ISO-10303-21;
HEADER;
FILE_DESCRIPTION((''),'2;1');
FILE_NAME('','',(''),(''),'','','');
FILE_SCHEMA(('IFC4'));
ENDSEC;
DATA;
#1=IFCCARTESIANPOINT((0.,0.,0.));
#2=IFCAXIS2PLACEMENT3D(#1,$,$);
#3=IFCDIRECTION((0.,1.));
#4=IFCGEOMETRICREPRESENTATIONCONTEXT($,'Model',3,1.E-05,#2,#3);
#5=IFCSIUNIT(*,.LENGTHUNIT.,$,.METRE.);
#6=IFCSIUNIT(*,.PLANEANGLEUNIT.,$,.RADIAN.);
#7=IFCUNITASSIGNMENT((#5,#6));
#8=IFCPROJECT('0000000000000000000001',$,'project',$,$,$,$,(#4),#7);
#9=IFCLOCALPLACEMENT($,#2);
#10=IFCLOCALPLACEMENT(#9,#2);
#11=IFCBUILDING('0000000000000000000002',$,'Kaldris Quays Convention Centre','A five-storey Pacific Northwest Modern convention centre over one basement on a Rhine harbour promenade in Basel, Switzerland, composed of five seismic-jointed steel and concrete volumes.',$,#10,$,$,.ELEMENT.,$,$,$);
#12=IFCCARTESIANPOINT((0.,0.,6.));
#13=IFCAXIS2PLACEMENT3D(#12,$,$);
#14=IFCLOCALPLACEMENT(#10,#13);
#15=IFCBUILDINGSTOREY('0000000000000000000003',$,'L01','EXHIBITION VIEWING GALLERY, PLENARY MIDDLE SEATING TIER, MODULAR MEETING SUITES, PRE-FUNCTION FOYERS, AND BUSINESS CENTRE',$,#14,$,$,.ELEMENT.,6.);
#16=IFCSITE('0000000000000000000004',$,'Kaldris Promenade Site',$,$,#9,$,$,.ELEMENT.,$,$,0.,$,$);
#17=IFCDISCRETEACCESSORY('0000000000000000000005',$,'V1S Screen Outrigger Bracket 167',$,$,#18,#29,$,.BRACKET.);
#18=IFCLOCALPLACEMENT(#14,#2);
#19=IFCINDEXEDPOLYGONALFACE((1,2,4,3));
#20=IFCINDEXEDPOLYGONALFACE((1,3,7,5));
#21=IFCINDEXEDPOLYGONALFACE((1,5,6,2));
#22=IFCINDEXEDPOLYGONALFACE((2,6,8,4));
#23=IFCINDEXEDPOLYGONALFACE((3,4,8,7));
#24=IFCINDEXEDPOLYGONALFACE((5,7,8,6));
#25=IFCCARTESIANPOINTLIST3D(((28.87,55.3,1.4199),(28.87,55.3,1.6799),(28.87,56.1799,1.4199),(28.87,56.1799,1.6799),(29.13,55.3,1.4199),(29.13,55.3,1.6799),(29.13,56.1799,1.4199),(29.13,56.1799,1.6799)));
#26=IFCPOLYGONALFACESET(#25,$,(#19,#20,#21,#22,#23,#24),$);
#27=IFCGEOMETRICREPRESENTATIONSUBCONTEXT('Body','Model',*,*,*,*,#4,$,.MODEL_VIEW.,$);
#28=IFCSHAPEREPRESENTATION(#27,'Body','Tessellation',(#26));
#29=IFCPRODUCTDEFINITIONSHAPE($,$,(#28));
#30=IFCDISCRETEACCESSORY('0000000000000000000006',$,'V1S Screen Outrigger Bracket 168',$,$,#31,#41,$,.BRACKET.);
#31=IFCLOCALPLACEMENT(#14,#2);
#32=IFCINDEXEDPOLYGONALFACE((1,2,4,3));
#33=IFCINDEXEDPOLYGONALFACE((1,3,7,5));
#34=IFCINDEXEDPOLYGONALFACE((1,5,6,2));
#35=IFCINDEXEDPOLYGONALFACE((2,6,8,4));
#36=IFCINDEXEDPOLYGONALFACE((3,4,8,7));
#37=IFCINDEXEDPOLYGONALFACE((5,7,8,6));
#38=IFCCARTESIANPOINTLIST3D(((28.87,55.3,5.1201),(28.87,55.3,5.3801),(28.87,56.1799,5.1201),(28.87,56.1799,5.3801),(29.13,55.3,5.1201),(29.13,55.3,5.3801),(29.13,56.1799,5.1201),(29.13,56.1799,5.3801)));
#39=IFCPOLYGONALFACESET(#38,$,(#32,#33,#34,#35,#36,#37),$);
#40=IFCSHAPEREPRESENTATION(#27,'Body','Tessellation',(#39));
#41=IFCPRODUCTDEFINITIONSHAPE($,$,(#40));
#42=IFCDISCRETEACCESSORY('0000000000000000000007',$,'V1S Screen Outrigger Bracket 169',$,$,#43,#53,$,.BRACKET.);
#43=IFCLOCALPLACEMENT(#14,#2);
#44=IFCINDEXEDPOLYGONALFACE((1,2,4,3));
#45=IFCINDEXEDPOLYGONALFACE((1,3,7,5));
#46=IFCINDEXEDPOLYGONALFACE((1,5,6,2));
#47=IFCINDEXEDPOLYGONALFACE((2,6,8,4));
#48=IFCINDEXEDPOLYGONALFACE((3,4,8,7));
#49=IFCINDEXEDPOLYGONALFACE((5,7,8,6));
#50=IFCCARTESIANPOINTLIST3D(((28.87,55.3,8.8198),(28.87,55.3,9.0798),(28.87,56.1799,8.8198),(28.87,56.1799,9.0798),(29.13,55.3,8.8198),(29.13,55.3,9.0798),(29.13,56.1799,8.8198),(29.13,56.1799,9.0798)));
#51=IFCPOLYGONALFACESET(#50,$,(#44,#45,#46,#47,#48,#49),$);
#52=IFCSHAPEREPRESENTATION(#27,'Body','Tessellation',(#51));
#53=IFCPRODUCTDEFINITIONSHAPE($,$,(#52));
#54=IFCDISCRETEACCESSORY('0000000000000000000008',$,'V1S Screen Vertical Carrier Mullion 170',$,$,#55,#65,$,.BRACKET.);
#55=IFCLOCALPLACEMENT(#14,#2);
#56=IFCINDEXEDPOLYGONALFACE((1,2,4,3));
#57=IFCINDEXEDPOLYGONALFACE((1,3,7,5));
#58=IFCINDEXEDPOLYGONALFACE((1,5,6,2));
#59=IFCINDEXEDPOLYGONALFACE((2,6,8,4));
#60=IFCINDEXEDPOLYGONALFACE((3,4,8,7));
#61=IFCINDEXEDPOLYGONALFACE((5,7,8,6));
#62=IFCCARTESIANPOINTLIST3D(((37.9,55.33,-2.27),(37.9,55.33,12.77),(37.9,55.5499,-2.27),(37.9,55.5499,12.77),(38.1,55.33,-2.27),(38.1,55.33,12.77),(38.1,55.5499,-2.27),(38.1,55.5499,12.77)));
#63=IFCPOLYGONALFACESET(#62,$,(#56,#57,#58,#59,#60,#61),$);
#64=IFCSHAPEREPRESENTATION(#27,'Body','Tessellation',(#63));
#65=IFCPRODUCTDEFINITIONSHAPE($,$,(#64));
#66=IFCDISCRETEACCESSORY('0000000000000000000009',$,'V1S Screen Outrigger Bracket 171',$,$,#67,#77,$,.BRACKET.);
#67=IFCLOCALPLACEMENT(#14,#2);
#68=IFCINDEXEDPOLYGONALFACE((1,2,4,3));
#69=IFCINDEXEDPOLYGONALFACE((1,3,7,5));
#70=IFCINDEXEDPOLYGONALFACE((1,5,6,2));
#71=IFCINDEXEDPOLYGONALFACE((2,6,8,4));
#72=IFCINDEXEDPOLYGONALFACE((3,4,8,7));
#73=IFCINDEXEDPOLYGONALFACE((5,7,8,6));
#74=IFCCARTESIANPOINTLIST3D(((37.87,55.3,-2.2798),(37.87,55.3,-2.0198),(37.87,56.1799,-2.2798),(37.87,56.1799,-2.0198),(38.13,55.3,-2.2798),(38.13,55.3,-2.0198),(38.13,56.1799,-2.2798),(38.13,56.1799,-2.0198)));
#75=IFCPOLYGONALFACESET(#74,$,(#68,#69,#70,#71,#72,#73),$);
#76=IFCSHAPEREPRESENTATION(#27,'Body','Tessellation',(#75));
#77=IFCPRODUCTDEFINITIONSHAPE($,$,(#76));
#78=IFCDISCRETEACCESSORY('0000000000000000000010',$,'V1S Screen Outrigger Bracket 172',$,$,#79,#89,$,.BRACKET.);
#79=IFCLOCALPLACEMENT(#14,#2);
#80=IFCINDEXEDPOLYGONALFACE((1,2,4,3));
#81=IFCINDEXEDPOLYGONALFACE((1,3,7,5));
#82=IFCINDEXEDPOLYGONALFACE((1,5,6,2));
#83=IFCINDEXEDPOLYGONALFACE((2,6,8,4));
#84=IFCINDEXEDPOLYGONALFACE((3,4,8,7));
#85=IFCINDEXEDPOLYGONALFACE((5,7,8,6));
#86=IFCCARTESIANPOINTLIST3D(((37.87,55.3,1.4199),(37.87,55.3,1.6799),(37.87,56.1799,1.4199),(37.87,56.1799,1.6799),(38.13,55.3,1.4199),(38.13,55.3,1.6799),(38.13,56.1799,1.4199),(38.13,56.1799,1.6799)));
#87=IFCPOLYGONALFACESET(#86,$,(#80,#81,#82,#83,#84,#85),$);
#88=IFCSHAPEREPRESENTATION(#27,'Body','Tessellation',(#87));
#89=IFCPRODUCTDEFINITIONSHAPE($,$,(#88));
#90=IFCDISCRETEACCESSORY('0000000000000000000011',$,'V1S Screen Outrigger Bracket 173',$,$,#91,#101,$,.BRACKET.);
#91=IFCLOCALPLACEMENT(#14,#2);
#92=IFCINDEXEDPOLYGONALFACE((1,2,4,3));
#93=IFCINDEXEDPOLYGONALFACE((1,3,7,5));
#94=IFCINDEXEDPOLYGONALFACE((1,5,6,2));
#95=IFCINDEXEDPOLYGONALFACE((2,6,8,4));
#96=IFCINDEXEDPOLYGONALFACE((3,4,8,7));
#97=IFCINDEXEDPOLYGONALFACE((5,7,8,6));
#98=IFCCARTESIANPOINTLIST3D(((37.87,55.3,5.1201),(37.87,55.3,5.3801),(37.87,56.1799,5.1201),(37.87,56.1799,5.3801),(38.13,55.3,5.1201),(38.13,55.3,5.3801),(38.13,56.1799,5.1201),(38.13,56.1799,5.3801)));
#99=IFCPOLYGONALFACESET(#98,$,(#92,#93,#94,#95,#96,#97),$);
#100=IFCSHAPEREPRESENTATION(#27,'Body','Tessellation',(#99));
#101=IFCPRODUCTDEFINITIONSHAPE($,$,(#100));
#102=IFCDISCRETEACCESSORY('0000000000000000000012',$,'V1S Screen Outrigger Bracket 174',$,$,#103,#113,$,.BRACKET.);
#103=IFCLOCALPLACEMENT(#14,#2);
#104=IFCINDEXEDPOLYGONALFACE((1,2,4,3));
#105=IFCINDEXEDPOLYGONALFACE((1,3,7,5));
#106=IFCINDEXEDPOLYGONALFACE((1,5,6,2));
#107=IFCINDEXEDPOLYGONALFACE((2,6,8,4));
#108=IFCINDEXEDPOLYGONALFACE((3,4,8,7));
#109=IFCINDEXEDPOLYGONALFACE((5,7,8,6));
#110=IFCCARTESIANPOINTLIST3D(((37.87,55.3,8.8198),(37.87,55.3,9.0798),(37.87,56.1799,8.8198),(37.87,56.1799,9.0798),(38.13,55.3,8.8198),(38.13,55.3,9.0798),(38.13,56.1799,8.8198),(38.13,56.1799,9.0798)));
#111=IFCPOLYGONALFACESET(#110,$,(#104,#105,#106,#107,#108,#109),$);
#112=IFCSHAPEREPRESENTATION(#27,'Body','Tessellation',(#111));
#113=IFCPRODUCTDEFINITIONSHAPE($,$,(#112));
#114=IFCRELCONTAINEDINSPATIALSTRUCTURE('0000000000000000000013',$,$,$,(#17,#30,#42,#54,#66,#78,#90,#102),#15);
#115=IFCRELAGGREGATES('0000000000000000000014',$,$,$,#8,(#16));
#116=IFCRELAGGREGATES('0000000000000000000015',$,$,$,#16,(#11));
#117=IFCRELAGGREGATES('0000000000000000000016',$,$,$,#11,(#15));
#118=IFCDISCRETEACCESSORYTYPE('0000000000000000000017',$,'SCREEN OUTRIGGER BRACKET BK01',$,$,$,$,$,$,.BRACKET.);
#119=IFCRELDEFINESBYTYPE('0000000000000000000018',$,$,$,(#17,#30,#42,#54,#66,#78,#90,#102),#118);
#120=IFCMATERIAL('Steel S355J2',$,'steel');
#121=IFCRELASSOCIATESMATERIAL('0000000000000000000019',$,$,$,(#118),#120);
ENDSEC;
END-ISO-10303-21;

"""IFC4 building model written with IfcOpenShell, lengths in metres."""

from ifc_helpers import new_model, si_unit, direction, frame, origin, origin_2d, place, context, subcontext, project, spatial, rectangle, extrude, material, type_object, element, save


model = new_model("IFC4")

# Units and contexts
model_context = context("Model", 3, precision=1e-05, world=origin(), true_north=direction((0.0, 1.0)))
body_context = subcontext(model_context, "Body", "Model", "MODEL_VIEW")
ifc_project = project(units=[si_unit("LENGTHUNIT", "METRE"), si_unit("PLANEANGLEUNIT", "RADIAN")], contexts=[model_context])

# Site, building, storey
site_placement = place(None, origin())
site = spatial("IfcSite", under=ifc_project, at=site_placement, Name="Kaldris Promenade Site", CompositionType="ELEMENT", RefElevation=0.0)
building_placement = place(site_placement, origin())
building = spatial("IfcBuilding", under=site, at=building_placement, Name="Kaldris Quays Convention Centre", Description="A five-storey Pacific Northwest Modern convention centre over one basement on a Rhine harbour promenade in Basel, Switzerland, composed of five seismic-jointed steel and concrete volumes.", CompositionType="ELEMENT")
storey_placement = place(building_placement, frame((0.0, 0.0, 6.0)))
storey = spatial("IfcBuildingStorey", under=building, at=storey_placement, Name="L01", Description="EXHIBITION VIEWING GALLERY, PLENARY MIDDLE SEATING TIER, MODULAR MEETING SUITES, PRE-FUNCTION FOYERS, AND BUSINESS CENTRE", CompositionType="ELEMENT", Elevation=6.0)

# Shared definitions
ifc_material_1 = material(Name="Steel S355J2", Category="steel")

# Discrete accessories
discrete_accessory_type = type_object("IfcDiscreteAccessoryType", Name="SCREEN OUTRIGGER BRACKET BK01", PredefinedType="BRACKET", material=ifc_material_1)
for number, where, z_axis, x_axis, name in (
    (1, (29.0, 55.74, 1.4199), (0.0, 0.0, 1.0), (1.0, 0.0, 0.0), "V1S Screen Outrigger Bracket 167"),
    (2, (29.0, 55.74, 5.1201), (0.0, 0.0, 1.0), (1.0, 0.0, 0.0), "V1S Screen Outrigger Bracket 168"),
    (3, (29.0, 55.74, 8.8198), (0.0, 0.0, 1.0), (1.0, 0.0, 0.0), "V1S Screen Outrigger Bracket 169"),
):
    element("IfcDiscreteAccessory", number, at=place(storey_placement, frame(where, z_axis=z_axis, x_axis=x_axis)), inside=storey, type_object=discrete_accessory_type, Name=name, PredefinedType="BRACKET", context=body_context, shape_type="SweptSolid", body=[
        extrude(rectangle(XDim=0.26, YDim=0.8799, at=origin_2d()), origin(), (0.0, 0.0, 1.0), 0.26),
    ])
discrete_accessory_placement = place(storey_placement, frame((38.0, 55.4399, -2.27), z_axis=(0.0, 0.0, 1.0), x_axis=(1.0, 0.0, 0.0)))
element("IfcDiscreteAccessory", 4, at=discrete_accessory_placement, inside=storey, type_object=discrete_accessory_type, Name="V1S Screen Vertical Carrier Mullion 170", PredefinedType="BRACKET", context=body_context, shape_type="SweptSolid", body=[
    extrude(rectangle(XDim=0.2, YDim=0.22, at=origin_2d()), origin(), (0.0, 0.0, 1.0), 15.04),
])
for number, where, z_axis, x_axis, name in (
    (5, (38.0, 55.74, -2.2798), (0.0, 0.0, 1.0), (1.0, 0.0, 0.0), "V1S Screen Outrigger Bracket 171"),
    (6, (38.0, 55.74, 1.4199), (0.0, 0.0, 1.0), (1.0, 0.0, 0.0), "V1S Screen Outrigger Bracket 172"),
    (7, (38.0, 55.74, 5.1201), (0.0, 0.0, 1.0), (1.0, 0.0, 0.0), "V1S Screen Outrigger Bracket 173"),
    (8, (38.0, 55.74, 8.8198), (0.0, 0.0, 1.0), (1.0, 0.0, 0.0), "V1S Screen Outrigger Bracket 174"),
):
    element("IfcDiscreteAccessory", number, at=place(storey_placement, frame(where, z_axis=z_axis, x_axis=x_axis)), inside=storey, type_object=discrete_accessory_type, Name=name, PredefinedType="BRACKET", context=body_context, shape_type="SweptSolid", body=[
        extrude(rectangle(XDim=0.26, YDim=0.8799, at=origin_2d()), origin(), (0.0, 0.0, 1.0), 0.26),
    ])

save(model, "model.ifc")
